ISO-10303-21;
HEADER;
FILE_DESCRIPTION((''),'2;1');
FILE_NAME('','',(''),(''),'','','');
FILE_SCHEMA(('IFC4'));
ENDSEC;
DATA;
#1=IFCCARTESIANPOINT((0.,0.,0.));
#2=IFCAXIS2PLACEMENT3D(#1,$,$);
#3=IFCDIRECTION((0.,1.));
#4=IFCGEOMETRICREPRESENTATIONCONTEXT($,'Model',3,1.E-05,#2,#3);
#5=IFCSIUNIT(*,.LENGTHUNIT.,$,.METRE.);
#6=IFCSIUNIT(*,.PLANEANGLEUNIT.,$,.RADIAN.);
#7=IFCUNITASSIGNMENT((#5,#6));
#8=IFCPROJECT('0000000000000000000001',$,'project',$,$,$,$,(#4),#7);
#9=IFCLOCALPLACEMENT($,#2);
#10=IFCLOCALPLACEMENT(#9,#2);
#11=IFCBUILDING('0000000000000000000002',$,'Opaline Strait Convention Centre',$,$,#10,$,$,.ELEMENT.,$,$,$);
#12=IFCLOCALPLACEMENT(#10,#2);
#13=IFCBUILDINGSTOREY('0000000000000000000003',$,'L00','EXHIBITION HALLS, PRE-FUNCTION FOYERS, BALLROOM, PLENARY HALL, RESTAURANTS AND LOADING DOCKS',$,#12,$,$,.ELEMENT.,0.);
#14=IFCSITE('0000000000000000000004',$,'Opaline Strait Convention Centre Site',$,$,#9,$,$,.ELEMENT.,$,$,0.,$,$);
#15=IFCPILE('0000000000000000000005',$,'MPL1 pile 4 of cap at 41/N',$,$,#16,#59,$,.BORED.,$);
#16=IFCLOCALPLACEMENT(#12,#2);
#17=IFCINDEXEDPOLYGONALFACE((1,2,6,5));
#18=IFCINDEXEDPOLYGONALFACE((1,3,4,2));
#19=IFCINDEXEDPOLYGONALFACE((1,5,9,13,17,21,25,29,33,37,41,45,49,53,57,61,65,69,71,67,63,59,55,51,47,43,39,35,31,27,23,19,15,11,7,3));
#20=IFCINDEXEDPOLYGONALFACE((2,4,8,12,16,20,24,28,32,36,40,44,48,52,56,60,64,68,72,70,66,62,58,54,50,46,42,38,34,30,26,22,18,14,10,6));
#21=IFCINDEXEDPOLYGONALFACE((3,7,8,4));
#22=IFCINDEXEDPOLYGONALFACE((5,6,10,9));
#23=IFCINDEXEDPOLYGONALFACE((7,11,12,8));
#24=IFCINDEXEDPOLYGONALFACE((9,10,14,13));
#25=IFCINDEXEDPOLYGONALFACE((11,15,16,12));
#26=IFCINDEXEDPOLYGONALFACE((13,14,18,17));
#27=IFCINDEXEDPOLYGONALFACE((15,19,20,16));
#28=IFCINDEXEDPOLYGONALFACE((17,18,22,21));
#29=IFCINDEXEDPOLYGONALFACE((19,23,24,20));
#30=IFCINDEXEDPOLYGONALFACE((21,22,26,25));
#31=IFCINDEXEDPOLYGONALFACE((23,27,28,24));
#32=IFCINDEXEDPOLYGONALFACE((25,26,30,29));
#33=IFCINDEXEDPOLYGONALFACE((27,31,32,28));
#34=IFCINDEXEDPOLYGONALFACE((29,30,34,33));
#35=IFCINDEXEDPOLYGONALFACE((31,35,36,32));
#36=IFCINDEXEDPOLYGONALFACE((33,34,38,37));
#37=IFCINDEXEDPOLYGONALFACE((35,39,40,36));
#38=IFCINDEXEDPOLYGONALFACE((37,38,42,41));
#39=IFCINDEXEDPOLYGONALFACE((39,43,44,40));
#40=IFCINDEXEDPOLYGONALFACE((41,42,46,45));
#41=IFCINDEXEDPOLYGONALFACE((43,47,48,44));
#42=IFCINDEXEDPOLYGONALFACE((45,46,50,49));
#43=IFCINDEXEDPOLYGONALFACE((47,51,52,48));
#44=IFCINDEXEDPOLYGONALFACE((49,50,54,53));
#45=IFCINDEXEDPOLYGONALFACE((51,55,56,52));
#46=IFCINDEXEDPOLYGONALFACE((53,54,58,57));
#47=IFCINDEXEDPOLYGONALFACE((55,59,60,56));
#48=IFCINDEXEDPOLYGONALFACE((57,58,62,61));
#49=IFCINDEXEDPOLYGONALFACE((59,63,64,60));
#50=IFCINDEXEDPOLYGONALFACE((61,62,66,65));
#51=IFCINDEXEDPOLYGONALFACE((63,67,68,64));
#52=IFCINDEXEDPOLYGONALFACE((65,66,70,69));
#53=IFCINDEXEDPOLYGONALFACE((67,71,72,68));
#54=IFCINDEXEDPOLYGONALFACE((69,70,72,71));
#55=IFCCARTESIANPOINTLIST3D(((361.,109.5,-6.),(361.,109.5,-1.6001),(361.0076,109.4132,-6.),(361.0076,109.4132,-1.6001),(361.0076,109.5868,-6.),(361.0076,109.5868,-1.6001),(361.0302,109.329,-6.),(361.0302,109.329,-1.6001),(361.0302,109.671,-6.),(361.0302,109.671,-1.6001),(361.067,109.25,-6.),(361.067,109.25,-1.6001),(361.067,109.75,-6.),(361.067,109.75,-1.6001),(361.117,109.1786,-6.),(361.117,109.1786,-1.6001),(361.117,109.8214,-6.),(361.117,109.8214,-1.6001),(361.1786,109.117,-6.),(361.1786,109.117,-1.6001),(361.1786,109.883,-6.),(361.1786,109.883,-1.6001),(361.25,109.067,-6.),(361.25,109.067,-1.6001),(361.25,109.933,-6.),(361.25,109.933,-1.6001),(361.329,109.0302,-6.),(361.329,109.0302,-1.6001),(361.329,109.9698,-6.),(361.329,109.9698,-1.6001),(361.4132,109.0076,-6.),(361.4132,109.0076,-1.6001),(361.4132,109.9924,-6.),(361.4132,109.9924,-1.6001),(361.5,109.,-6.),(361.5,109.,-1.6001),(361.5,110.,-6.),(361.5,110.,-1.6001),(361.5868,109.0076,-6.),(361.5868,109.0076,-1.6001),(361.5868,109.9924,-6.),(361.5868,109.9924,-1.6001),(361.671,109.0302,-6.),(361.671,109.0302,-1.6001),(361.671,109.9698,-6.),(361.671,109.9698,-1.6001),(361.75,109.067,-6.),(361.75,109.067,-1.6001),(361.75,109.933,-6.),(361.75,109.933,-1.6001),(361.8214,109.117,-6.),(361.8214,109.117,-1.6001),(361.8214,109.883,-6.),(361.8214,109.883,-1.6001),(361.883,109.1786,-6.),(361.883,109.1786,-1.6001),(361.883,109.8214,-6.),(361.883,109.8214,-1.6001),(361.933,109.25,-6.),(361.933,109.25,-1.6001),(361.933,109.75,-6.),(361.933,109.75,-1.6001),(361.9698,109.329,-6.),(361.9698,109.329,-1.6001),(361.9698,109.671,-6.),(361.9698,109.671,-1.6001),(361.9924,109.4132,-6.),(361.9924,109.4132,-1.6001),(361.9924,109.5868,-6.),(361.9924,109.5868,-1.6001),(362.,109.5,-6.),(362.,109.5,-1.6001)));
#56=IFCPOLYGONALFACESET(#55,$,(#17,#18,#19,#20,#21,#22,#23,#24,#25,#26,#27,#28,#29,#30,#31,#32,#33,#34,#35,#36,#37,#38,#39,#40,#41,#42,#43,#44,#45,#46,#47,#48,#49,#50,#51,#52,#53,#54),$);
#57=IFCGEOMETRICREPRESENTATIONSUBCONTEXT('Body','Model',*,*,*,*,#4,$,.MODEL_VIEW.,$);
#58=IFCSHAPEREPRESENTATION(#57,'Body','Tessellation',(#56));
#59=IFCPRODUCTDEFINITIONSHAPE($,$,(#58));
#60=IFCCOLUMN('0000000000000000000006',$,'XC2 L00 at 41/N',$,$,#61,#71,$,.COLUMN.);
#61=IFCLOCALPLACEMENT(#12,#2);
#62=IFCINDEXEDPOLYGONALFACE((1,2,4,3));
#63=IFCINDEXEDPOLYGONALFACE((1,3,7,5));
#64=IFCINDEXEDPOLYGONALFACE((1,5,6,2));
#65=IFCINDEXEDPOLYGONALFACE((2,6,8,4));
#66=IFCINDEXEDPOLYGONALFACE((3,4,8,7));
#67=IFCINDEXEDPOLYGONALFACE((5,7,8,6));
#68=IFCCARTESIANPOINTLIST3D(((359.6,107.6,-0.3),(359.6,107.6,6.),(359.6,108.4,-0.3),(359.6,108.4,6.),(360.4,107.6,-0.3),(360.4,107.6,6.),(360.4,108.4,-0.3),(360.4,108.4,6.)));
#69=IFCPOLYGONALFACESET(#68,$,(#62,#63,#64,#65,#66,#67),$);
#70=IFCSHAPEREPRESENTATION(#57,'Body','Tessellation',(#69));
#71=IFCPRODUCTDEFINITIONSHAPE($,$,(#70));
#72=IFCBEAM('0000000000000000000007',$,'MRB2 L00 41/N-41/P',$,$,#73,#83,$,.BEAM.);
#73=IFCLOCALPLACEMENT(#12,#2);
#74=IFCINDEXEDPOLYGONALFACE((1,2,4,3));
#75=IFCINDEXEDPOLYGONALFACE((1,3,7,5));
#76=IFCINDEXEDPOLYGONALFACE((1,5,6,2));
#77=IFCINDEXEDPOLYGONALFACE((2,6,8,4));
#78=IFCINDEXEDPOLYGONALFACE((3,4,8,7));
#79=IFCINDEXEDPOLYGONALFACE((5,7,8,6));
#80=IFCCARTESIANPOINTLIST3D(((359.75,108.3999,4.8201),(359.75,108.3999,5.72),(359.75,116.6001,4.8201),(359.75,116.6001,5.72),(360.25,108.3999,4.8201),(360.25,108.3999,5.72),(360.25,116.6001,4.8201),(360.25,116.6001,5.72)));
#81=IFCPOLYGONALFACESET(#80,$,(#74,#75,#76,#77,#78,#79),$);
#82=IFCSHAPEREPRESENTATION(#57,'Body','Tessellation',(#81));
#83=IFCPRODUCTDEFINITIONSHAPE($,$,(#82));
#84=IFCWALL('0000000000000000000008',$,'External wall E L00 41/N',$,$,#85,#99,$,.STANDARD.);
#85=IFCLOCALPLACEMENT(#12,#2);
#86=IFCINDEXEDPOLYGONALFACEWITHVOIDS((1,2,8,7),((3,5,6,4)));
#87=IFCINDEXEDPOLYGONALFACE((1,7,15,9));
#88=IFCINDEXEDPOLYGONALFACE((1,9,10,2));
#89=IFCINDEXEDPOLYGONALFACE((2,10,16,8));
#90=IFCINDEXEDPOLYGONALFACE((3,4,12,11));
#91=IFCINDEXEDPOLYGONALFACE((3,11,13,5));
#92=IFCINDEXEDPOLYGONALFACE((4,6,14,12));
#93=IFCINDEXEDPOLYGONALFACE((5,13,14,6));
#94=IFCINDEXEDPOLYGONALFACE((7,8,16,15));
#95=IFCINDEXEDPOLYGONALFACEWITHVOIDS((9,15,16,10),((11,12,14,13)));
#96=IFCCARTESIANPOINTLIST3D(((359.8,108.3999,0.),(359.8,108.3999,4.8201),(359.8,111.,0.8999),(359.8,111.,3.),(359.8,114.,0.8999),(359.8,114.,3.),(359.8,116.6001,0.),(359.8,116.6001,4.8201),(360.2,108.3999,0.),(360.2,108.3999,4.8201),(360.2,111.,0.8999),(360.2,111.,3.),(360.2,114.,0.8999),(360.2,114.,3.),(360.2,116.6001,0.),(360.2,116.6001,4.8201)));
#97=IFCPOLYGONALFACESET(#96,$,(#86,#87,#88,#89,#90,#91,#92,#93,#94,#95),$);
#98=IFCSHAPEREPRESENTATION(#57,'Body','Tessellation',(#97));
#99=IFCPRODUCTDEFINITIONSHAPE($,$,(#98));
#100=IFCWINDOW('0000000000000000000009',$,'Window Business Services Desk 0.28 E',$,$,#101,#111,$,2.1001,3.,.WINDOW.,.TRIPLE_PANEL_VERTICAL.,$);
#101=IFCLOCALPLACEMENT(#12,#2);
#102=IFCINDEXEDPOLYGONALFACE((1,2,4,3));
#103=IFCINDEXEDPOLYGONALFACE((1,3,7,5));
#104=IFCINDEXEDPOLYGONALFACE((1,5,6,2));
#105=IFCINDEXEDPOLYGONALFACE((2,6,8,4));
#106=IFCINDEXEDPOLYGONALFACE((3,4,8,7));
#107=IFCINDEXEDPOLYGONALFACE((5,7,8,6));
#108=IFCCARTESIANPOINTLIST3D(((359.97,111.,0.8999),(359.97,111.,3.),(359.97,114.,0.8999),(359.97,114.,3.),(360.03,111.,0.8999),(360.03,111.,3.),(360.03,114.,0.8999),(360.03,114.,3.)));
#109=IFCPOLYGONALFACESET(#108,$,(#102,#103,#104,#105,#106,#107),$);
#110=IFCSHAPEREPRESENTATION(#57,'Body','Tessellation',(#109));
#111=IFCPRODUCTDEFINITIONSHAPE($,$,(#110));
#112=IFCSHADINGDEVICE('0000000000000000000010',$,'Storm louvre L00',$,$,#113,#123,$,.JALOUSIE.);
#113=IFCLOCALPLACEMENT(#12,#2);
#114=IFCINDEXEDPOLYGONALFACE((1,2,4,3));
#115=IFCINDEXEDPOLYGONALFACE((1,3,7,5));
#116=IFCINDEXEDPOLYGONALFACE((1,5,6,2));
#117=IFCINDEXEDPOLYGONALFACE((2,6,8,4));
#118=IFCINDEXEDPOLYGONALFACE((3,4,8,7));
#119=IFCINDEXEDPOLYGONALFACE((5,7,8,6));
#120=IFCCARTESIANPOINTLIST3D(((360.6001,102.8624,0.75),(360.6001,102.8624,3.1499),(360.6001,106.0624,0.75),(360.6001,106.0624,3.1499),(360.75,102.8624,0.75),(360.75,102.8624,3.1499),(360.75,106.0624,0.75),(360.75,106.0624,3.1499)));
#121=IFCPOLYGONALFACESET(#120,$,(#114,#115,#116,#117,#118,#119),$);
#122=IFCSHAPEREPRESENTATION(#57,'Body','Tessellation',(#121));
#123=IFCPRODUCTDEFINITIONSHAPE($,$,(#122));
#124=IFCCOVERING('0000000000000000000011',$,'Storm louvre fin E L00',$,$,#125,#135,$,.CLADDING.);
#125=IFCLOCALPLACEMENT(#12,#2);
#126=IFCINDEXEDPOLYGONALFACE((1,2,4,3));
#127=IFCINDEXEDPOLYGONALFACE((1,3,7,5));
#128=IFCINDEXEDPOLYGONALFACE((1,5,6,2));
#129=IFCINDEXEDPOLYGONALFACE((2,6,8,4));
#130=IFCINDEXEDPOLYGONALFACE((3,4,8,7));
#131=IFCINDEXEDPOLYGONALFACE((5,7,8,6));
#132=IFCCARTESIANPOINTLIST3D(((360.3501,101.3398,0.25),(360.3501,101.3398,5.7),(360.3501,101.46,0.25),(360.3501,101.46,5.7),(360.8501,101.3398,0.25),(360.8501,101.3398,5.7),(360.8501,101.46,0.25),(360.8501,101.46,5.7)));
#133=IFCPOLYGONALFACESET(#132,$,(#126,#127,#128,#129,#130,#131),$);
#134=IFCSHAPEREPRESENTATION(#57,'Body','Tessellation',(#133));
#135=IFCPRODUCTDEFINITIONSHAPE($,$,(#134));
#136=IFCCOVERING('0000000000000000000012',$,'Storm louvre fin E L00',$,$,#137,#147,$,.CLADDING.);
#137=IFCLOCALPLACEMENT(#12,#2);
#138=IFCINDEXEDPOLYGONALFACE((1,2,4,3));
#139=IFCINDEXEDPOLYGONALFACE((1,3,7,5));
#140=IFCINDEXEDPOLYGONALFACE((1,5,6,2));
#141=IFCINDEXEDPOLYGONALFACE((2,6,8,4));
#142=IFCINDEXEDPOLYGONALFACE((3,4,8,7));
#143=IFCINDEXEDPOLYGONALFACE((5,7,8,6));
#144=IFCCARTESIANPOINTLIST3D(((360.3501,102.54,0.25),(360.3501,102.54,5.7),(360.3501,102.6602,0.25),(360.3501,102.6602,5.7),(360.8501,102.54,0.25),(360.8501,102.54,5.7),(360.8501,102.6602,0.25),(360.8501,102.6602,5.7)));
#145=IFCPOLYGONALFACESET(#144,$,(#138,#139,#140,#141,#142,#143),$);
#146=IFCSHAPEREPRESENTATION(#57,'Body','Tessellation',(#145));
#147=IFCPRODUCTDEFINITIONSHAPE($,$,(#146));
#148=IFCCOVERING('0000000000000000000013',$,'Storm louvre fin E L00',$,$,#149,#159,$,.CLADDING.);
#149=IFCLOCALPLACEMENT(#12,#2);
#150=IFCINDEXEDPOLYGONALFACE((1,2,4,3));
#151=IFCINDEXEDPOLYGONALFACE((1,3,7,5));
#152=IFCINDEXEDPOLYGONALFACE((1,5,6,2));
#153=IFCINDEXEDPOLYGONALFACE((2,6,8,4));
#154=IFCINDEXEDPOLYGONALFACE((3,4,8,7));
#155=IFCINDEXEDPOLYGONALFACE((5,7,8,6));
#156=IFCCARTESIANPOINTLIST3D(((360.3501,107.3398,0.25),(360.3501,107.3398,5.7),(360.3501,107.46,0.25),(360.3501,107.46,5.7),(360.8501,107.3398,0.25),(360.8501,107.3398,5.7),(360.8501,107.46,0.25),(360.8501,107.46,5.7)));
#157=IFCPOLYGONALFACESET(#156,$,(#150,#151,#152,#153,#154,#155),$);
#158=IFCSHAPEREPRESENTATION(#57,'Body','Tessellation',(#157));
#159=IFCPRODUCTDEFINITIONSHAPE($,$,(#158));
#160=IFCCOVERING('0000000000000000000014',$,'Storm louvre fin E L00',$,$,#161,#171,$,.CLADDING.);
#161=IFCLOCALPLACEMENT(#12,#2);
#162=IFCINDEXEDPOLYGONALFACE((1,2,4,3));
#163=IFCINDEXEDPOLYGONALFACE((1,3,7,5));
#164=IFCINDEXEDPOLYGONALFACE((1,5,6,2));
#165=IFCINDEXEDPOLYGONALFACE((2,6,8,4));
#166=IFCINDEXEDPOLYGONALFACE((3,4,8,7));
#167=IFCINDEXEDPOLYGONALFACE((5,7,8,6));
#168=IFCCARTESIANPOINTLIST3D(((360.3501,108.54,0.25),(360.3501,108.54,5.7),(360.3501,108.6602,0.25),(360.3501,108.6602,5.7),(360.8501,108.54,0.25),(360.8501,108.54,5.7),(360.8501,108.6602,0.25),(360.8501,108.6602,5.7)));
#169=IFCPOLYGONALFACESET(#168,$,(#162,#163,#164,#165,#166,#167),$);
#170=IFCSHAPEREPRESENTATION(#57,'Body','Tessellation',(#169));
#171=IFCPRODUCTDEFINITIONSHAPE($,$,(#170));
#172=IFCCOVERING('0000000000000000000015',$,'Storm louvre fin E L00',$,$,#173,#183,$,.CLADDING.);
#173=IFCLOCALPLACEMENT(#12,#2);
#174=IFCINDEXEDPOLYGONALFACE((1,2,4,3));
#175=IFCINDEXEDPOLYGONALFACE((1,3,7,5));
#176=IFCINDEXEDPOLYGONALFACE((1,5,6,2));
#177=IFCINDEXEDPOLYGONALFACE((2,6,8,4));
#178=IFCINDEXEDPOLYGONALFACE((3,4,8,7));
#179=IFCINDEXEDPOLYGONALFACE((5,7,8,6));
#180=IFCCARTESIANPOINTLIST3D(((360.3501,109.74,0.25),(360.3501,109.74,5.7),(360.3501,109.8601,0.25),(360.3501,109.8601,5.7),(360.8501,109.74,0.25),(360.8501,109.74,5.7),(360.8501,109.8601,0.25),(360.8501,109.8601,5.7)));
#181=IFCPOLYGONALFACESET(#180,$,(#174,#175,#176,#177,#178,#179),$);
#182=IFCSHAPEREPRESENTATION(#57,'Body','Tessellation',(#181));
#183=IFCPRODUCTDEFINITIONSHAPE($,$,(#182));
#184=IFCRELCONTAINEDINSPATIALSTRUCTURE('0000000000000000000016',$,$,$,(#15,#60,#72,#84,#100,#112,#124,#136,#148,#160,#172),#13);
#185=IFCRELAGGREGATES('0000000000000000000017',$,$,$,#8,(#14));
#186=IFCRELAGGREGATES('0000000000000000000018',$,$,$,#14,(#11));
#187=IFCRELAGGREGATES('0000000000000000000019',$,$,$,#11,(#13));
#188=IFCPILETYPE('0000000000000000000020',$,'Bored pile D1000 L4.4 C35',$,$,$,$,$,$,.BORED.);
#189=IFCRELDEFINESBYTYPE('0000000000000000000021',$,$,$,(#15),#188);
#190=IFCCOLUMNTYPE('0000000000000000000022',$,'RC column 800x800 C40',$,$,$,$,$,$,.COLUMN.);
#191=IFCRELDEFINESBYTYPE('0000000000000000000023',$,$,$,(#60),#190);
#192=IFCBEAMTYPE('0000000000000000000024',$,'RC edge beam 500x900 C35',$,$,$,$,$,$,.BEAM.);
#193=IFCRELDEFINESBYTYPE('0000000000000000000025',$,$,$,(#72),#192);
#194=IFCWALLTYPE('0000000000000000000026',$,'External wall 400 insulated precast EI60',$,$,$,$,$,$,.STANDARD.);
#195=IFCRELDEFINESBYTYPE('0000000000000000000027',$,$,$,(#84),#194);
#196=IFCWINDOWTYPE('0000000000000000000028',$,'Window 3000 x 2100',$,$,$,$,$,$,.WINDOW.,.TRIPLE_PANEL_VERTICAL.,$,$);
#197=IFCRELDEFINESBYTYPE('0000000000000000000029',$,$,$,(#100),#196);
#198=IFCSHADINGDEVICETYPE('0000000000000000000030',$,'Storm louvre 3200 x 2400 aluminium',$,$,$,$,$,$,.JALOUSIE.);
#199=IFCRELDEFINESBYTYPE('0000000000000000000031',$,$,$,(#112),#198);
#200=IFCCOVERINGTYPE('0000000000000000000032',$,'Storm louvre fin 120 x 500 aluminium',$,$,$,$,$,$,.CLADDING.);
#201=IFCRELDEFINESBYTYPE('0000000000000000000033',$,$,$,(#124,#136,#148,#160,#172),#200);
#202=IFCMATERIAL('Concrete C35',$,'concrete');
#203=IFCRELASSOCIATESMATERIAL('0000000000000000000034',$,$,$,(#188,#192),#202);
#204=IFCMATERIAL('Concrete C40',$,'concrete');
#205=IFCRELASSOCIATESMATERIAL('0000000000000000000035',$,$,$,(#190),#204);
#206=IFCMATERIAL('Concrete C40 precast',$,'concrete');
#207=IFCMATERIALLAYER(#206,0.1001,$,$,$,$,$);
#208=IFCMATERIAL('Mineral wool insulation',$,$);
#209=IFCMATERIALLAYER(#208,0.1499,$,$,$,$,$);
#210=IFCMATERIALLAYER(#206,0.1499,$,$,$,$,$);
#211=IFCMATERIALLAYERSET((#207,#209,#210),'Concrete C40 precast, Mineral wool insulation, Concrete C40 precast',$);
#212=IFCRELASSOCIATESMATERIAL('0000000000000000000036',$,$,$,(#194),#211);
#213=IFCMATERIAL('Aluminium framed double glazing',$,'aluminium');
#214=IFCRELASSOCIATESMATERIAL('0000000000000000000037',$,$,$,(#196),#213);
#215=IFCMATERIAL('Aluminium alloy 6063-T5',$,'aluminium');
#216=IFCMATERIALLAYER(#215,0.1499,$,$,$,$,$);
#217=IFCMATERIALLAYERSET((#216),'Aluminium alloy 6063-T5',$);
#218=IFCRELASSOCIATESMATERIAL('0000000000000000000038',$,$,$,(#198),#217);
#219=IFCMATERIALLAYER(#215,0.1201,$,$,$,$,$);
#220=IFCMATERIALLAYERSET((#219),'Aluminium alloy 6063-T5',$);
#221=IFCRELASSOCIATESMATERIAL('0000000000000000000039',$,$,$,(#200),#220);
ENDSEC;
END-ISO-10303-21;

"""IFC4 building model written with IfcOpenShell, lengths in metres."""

from ifc_helpers import new_model, si_unit, direction, frame, frame_2d, origin, origin_2d, place, context, subcontext, project, spatial, rectangle, circle, extrude, material, layer, layer_set, material_profile, profile_set, type_object, element, fill, save


model = new_model("IFC4")

# Units and contexts
model_context = context("Model", 3, precision=1e-05, world=origin(), true_north=direction((0.0, 1.0)))
body_context = subcontext(model_context, "Body", "Model", "MODEL_VIEW")
ifc_project = project(units=[si_unit("LENGTHUNIT", "METRE"), si_unit("PLANEANGLEUNIT", "RADIAN")], contexts=[model_context])

# Site, building, storey
site_placement = place(None, origin())
site = spatial("IfcSite", under=ifc_project, at=site_placement, Name="Opaline Strait Convention Centre Site", CompositionType="ELEMENT", RefElevation=0.0)
building_placement = place(site_placement, origin())
building = spatial("IfcBuilding", under=site, at=building_placement, Name="Opaline Strait Convention Centre", CompositionType="ELEMENT")
storey_placement = place(building_placement, origin())
storey = spatial("IfcBuildingStorey", under=building, at=storey_placement, Name="L00", Description="EXHIBITION HALLS, PRE-FUNCTION FOYERS, BALLROOM, PLENARY HALL, RESTAURANTS AND LOADING DOCKS", CompositionType="ELEMENT", Elevation=0.0)

# Pile
ifc_material_1 = material(Name="Concrete C35", Category="concrete")
ifc_material_profile_1 = material_profile(ifc_material_1, circle(Radius=0.5, at=origin_2d()), Name="D1000")
ifc_profile_set_1 = profile_set([ifc_material_profile_1], Name="Concrete C35")
pile_type = type_object("IfcPileType", Name="Bored pile D1000 L4.4 C35", PredefinedType="BORED", material=ifc_profile_set_1)
for number, where, z_axis, x_axis, name in (
    (1, (361.5, 109.5, -1.6001), (0.0, 0.0, -1.0), (1.0, 0.0, 0.0), "MPL1 pile 4 of cap at 41/N"),
):
    element("IfcPile", number, at=place(storey_placement, frame(where, z_axis=z_axis, x_axis=x_axis)), inside=storey, type_object=pile_type, Name=name, PredefinedType="BORED", context=body_context, shape_type="SweptSolid", body=[
        extrude(circle(Radius=0.5, at=origin_2d()), origin(), (0.0, 0.0, 1.0), 4.3999),
    ])

# Column
ifc_material_2 = material(Name="Concrete C40", Category="concrete")
ifc_material_profile_2 = material_profile(ifc_material_2, rectangle(XDim=0.8, YDim=0.8, at=origin_2d()), Name="RC 800x800")
ifc_profile_set_2 = profile_set([ifc_material_profile_2], Name="Concrete C40")
column_type = type_object("IfcColumnType", Name="RC column 800x800 C40", PredefinedType="COLUMN", material=ifc_profile_set_2)
column_placement = place(storey_placement, frame((360.0, 108.0, -0.3), z_axis=(0.0, 0.0, 1.0), x_axis=(1.0, 0.0, 0.0)))
element("IfcColumn", 2, at=column_placement, inside=storey, type_object=column_type, Name="XC2 L00 at 41/N", PredefinedType="COLUMN", context=body_context, shape_type="SweptSolid", body=[
    extrude(rectangle(XDim=0.8, YDim=0.8, at=origin_2d()), origin(), (0.0, 0.0, 1.0), 6.3),
])

# Beam
ifc_material_profile_3 = material_profile(ifc_material_1, rectangle(XDim=0.5, YDim=0.8999, at=origin_2d()), Name="RC 500x900")
ifc_profile_set_3 = profile_set([ifc_material_profile_3], Name="Concrete C35")
beam_type = type_object("IfcBeamType", Name="RC edge beam 500x900 C35", PredefinedType="BEAM", material=ifc_profile_set_3)
beam_placement = place(storey_placement, frame((360.0, 108.3999, 5.27), z_axis=(0.0, 1.0, 0.0), x_axis=(-1.0, 0.0, 0.0)))
element("IfcBeam", 3, at=beam_placement, inside=storey, type_object=beam_type, Name="MRB2 L00 41/N-41/P", PredefinedType="BEAM", context=body_context, shape_type="SweptSolid", body=[
    extrude(rectangle(XDim=0.5, YDim=0.8999, at=origin_2d()), origin(), (0.0, 0.0, 1.0), 8.2002),
])

# Wall, opening, window
ifc_material_3 = material(Name="Concrete C40 precast", Category="concrete")
ifc_layer_1 = layer(ifc_material_3, 0.1001)
ifc_material_4 = material(Name="Mineral wool insulation")
ifc_layer_2 = layer(ifc_material_4, 0.1499)
ifc_layer_3 = layer(ifc_material_3, 0.1499)
ifc_layer_set_1 = layer_set([ifc_layer_1, ifc_layer_2, ifc_layer_3], Name="Concrete C40 precast, Mineral wool insulation, Concrete C40 precast")
wall_type = type_object("IfcWallType", Name="External wall 400 insulated precast EI60", PredefinedType="STANDARD", material=ifc_layer_set_1)
wall_placement = place(storey_placement, frame((360.0, 108.3999, 0.0), z_axis=(0.0, 0.0, 1.0), x_axis=(0.0, 1.0, 0.0)))
wall = element("IfcWall", 4, at=wall_placement, inside=storey, type_object=wall_type, Name="External wall E L00 41/N", PredefinedType="STANDARD", context=body_context, shape_type="SweptSolid", body=[
    extrude(rectangle(XDim=8.2002, YDim=0.3999, at=frame_2d((4.1001, 0.0))), origin(), (0.0, 0.0, 1.0), 4.8201),
])
opening_placement = place(wall_placement, frame((2.6001, 0.0, 0.8999)))
opening = element("IfcOpeningElement", 5, at=opening_placement, cuts=wall, PredefinedType="OPENING", context=body_context, shape_type="SweptSolid", body=[
    extrude(rectangle(XDim=3.0, YDim=2.1001, at=frame_2d((1.5, 1.05))), frame((0.0, 0.21, 0.0), z_axis=(0.0, -1.0, 0.0), x_axis=(1.0, 0.0, 0.0)), (0.0, 0.0, 1.0), 0.4199),
])
ifc_material_5 = material(Name="Aluminium framed double glazing", Category="aluminium")
window_type = type_object("IfcWindowType", Name="Window 3000 x 2100", PartitioningType="TRIPLE_PANEL_VERTICAL", PredefinedType="WINDOW", material=ifc_material_5)
window_placement = place(opening_placement, origin())
window = element("IfcWindow", 6, at=window_placement, inside=storey, type_object=window_type, Name="Window Business Services Desk 0.28 E", OverallHeight=2.1001, OverallWidth=3.0, PartitioningType="TRIPLE_PANEL_VERTICAL", PredefinedType="WINDOW", context=body_context, shape_type="SweptSolid", body=[
    extrude(rectangle(XDim=3.0, YDim=2.1001, at=frame_2d((1.5, 1.05))), frame((0.0, 0.03, 0.0), z_axis=(0.0, -1.0, 0.0), x_axis=(1.0, 0.0, 0.0)), (0.0, 0.0, 1.0), 0.0601),
])
fill(opening, window)

# Shading device
ifc_material_6 = material(Name="Aluminium alloy 6063-T5", Category="aluminium")
ifc_layer_4 = layer(ifc_material_6, 0.1499)
ifc_layer_set_2 = layer_set([ifc_layer_4], Name="Aluminium alloy 6063-T5")
shading_device_type = type_object("IfcShadingDeviceType", Name="Storm louvre 3200 x 2400 aluminium", PredefinedType="JALOUSIE", material=ifc_layer_set_2)
shading_device_placement = place(storey_placement, frame((360.675, 104.4624, 0.75), z_axis=(0.0, 0.0, 1.0), x_axis=(1.0, 0.0, 0.0)))
element("IfcShadingDevice", 7, at=shading_device_placement, inside=storey, type_object=shading_device_type, Name="Storm louvre L00", PredefinedType="JALOUSIE", context=body_context, shape_type="SweptSolid", body=[
    extrude(rectangle(XDim=0.1499, YDim=3.2, at=origin_2d()), origin(), (0.0, 0.0, 1.0), 2.3999),
])

# Coverings
ifc_layer_5 = layer(ifc_material_6, 0.1201)
ifc_layer_set_3 = layer_set([ifc_layer_5], Name="Aluminium alloy 6063-T5")
covering_type = type_object("IfcCoveringType", Name="Storm louvre fin 120 x 500 aluminium", PredefinedType="CLADDING", material=ifc_layer_set_3)
for number, where, z_axis, x_axis, name in (
    (8, (360.6001, 101.3999, 0.25), (0.0, 0.0, 1.0), (1.0, 0.0, 0.0), "Storm louvre fin E L00"),
    (9, (360.6001, 102.6001, 0.25), (0.0, 0.0, 1.0), (1.0, 0.0, 0.0), "Storm louvre fin E L00"),
    (10, (360.6001, 107.3999, 0.25), (0.0, 0.0, 1.0), (1.0, 0.0, 0.0), "Storm louvre fin E L00"),
    (11, (360.6001, 108.6001, 0.25), (0.0, 0.0, 1.0), (1.0, 0.0, 0.0), "Storm louvre fin E L00"),
    (12, (360.6001, 109.8, 0.25), (0.0, 0.0, 1.0), (1.0, 0.0, 0.0), "Storm louvre fin E L00"),
):
    element("IfcCovering", number, at=place(storey_placement, frame(where, z_axis=z_axis, x_axis=x_axis)), inside=storey, type_object=covering_type, Name=name, PredefinedType="CLADDING", context=body_context, shape_type="SweptSolid", body=[
        extrude(rectangle(XDim=0.5, YDim=0.1201, at=origin_2d()), origin(), (0.0, 0.0, 1.0), 5.45),
    ])

save(model, "model.ifc")
